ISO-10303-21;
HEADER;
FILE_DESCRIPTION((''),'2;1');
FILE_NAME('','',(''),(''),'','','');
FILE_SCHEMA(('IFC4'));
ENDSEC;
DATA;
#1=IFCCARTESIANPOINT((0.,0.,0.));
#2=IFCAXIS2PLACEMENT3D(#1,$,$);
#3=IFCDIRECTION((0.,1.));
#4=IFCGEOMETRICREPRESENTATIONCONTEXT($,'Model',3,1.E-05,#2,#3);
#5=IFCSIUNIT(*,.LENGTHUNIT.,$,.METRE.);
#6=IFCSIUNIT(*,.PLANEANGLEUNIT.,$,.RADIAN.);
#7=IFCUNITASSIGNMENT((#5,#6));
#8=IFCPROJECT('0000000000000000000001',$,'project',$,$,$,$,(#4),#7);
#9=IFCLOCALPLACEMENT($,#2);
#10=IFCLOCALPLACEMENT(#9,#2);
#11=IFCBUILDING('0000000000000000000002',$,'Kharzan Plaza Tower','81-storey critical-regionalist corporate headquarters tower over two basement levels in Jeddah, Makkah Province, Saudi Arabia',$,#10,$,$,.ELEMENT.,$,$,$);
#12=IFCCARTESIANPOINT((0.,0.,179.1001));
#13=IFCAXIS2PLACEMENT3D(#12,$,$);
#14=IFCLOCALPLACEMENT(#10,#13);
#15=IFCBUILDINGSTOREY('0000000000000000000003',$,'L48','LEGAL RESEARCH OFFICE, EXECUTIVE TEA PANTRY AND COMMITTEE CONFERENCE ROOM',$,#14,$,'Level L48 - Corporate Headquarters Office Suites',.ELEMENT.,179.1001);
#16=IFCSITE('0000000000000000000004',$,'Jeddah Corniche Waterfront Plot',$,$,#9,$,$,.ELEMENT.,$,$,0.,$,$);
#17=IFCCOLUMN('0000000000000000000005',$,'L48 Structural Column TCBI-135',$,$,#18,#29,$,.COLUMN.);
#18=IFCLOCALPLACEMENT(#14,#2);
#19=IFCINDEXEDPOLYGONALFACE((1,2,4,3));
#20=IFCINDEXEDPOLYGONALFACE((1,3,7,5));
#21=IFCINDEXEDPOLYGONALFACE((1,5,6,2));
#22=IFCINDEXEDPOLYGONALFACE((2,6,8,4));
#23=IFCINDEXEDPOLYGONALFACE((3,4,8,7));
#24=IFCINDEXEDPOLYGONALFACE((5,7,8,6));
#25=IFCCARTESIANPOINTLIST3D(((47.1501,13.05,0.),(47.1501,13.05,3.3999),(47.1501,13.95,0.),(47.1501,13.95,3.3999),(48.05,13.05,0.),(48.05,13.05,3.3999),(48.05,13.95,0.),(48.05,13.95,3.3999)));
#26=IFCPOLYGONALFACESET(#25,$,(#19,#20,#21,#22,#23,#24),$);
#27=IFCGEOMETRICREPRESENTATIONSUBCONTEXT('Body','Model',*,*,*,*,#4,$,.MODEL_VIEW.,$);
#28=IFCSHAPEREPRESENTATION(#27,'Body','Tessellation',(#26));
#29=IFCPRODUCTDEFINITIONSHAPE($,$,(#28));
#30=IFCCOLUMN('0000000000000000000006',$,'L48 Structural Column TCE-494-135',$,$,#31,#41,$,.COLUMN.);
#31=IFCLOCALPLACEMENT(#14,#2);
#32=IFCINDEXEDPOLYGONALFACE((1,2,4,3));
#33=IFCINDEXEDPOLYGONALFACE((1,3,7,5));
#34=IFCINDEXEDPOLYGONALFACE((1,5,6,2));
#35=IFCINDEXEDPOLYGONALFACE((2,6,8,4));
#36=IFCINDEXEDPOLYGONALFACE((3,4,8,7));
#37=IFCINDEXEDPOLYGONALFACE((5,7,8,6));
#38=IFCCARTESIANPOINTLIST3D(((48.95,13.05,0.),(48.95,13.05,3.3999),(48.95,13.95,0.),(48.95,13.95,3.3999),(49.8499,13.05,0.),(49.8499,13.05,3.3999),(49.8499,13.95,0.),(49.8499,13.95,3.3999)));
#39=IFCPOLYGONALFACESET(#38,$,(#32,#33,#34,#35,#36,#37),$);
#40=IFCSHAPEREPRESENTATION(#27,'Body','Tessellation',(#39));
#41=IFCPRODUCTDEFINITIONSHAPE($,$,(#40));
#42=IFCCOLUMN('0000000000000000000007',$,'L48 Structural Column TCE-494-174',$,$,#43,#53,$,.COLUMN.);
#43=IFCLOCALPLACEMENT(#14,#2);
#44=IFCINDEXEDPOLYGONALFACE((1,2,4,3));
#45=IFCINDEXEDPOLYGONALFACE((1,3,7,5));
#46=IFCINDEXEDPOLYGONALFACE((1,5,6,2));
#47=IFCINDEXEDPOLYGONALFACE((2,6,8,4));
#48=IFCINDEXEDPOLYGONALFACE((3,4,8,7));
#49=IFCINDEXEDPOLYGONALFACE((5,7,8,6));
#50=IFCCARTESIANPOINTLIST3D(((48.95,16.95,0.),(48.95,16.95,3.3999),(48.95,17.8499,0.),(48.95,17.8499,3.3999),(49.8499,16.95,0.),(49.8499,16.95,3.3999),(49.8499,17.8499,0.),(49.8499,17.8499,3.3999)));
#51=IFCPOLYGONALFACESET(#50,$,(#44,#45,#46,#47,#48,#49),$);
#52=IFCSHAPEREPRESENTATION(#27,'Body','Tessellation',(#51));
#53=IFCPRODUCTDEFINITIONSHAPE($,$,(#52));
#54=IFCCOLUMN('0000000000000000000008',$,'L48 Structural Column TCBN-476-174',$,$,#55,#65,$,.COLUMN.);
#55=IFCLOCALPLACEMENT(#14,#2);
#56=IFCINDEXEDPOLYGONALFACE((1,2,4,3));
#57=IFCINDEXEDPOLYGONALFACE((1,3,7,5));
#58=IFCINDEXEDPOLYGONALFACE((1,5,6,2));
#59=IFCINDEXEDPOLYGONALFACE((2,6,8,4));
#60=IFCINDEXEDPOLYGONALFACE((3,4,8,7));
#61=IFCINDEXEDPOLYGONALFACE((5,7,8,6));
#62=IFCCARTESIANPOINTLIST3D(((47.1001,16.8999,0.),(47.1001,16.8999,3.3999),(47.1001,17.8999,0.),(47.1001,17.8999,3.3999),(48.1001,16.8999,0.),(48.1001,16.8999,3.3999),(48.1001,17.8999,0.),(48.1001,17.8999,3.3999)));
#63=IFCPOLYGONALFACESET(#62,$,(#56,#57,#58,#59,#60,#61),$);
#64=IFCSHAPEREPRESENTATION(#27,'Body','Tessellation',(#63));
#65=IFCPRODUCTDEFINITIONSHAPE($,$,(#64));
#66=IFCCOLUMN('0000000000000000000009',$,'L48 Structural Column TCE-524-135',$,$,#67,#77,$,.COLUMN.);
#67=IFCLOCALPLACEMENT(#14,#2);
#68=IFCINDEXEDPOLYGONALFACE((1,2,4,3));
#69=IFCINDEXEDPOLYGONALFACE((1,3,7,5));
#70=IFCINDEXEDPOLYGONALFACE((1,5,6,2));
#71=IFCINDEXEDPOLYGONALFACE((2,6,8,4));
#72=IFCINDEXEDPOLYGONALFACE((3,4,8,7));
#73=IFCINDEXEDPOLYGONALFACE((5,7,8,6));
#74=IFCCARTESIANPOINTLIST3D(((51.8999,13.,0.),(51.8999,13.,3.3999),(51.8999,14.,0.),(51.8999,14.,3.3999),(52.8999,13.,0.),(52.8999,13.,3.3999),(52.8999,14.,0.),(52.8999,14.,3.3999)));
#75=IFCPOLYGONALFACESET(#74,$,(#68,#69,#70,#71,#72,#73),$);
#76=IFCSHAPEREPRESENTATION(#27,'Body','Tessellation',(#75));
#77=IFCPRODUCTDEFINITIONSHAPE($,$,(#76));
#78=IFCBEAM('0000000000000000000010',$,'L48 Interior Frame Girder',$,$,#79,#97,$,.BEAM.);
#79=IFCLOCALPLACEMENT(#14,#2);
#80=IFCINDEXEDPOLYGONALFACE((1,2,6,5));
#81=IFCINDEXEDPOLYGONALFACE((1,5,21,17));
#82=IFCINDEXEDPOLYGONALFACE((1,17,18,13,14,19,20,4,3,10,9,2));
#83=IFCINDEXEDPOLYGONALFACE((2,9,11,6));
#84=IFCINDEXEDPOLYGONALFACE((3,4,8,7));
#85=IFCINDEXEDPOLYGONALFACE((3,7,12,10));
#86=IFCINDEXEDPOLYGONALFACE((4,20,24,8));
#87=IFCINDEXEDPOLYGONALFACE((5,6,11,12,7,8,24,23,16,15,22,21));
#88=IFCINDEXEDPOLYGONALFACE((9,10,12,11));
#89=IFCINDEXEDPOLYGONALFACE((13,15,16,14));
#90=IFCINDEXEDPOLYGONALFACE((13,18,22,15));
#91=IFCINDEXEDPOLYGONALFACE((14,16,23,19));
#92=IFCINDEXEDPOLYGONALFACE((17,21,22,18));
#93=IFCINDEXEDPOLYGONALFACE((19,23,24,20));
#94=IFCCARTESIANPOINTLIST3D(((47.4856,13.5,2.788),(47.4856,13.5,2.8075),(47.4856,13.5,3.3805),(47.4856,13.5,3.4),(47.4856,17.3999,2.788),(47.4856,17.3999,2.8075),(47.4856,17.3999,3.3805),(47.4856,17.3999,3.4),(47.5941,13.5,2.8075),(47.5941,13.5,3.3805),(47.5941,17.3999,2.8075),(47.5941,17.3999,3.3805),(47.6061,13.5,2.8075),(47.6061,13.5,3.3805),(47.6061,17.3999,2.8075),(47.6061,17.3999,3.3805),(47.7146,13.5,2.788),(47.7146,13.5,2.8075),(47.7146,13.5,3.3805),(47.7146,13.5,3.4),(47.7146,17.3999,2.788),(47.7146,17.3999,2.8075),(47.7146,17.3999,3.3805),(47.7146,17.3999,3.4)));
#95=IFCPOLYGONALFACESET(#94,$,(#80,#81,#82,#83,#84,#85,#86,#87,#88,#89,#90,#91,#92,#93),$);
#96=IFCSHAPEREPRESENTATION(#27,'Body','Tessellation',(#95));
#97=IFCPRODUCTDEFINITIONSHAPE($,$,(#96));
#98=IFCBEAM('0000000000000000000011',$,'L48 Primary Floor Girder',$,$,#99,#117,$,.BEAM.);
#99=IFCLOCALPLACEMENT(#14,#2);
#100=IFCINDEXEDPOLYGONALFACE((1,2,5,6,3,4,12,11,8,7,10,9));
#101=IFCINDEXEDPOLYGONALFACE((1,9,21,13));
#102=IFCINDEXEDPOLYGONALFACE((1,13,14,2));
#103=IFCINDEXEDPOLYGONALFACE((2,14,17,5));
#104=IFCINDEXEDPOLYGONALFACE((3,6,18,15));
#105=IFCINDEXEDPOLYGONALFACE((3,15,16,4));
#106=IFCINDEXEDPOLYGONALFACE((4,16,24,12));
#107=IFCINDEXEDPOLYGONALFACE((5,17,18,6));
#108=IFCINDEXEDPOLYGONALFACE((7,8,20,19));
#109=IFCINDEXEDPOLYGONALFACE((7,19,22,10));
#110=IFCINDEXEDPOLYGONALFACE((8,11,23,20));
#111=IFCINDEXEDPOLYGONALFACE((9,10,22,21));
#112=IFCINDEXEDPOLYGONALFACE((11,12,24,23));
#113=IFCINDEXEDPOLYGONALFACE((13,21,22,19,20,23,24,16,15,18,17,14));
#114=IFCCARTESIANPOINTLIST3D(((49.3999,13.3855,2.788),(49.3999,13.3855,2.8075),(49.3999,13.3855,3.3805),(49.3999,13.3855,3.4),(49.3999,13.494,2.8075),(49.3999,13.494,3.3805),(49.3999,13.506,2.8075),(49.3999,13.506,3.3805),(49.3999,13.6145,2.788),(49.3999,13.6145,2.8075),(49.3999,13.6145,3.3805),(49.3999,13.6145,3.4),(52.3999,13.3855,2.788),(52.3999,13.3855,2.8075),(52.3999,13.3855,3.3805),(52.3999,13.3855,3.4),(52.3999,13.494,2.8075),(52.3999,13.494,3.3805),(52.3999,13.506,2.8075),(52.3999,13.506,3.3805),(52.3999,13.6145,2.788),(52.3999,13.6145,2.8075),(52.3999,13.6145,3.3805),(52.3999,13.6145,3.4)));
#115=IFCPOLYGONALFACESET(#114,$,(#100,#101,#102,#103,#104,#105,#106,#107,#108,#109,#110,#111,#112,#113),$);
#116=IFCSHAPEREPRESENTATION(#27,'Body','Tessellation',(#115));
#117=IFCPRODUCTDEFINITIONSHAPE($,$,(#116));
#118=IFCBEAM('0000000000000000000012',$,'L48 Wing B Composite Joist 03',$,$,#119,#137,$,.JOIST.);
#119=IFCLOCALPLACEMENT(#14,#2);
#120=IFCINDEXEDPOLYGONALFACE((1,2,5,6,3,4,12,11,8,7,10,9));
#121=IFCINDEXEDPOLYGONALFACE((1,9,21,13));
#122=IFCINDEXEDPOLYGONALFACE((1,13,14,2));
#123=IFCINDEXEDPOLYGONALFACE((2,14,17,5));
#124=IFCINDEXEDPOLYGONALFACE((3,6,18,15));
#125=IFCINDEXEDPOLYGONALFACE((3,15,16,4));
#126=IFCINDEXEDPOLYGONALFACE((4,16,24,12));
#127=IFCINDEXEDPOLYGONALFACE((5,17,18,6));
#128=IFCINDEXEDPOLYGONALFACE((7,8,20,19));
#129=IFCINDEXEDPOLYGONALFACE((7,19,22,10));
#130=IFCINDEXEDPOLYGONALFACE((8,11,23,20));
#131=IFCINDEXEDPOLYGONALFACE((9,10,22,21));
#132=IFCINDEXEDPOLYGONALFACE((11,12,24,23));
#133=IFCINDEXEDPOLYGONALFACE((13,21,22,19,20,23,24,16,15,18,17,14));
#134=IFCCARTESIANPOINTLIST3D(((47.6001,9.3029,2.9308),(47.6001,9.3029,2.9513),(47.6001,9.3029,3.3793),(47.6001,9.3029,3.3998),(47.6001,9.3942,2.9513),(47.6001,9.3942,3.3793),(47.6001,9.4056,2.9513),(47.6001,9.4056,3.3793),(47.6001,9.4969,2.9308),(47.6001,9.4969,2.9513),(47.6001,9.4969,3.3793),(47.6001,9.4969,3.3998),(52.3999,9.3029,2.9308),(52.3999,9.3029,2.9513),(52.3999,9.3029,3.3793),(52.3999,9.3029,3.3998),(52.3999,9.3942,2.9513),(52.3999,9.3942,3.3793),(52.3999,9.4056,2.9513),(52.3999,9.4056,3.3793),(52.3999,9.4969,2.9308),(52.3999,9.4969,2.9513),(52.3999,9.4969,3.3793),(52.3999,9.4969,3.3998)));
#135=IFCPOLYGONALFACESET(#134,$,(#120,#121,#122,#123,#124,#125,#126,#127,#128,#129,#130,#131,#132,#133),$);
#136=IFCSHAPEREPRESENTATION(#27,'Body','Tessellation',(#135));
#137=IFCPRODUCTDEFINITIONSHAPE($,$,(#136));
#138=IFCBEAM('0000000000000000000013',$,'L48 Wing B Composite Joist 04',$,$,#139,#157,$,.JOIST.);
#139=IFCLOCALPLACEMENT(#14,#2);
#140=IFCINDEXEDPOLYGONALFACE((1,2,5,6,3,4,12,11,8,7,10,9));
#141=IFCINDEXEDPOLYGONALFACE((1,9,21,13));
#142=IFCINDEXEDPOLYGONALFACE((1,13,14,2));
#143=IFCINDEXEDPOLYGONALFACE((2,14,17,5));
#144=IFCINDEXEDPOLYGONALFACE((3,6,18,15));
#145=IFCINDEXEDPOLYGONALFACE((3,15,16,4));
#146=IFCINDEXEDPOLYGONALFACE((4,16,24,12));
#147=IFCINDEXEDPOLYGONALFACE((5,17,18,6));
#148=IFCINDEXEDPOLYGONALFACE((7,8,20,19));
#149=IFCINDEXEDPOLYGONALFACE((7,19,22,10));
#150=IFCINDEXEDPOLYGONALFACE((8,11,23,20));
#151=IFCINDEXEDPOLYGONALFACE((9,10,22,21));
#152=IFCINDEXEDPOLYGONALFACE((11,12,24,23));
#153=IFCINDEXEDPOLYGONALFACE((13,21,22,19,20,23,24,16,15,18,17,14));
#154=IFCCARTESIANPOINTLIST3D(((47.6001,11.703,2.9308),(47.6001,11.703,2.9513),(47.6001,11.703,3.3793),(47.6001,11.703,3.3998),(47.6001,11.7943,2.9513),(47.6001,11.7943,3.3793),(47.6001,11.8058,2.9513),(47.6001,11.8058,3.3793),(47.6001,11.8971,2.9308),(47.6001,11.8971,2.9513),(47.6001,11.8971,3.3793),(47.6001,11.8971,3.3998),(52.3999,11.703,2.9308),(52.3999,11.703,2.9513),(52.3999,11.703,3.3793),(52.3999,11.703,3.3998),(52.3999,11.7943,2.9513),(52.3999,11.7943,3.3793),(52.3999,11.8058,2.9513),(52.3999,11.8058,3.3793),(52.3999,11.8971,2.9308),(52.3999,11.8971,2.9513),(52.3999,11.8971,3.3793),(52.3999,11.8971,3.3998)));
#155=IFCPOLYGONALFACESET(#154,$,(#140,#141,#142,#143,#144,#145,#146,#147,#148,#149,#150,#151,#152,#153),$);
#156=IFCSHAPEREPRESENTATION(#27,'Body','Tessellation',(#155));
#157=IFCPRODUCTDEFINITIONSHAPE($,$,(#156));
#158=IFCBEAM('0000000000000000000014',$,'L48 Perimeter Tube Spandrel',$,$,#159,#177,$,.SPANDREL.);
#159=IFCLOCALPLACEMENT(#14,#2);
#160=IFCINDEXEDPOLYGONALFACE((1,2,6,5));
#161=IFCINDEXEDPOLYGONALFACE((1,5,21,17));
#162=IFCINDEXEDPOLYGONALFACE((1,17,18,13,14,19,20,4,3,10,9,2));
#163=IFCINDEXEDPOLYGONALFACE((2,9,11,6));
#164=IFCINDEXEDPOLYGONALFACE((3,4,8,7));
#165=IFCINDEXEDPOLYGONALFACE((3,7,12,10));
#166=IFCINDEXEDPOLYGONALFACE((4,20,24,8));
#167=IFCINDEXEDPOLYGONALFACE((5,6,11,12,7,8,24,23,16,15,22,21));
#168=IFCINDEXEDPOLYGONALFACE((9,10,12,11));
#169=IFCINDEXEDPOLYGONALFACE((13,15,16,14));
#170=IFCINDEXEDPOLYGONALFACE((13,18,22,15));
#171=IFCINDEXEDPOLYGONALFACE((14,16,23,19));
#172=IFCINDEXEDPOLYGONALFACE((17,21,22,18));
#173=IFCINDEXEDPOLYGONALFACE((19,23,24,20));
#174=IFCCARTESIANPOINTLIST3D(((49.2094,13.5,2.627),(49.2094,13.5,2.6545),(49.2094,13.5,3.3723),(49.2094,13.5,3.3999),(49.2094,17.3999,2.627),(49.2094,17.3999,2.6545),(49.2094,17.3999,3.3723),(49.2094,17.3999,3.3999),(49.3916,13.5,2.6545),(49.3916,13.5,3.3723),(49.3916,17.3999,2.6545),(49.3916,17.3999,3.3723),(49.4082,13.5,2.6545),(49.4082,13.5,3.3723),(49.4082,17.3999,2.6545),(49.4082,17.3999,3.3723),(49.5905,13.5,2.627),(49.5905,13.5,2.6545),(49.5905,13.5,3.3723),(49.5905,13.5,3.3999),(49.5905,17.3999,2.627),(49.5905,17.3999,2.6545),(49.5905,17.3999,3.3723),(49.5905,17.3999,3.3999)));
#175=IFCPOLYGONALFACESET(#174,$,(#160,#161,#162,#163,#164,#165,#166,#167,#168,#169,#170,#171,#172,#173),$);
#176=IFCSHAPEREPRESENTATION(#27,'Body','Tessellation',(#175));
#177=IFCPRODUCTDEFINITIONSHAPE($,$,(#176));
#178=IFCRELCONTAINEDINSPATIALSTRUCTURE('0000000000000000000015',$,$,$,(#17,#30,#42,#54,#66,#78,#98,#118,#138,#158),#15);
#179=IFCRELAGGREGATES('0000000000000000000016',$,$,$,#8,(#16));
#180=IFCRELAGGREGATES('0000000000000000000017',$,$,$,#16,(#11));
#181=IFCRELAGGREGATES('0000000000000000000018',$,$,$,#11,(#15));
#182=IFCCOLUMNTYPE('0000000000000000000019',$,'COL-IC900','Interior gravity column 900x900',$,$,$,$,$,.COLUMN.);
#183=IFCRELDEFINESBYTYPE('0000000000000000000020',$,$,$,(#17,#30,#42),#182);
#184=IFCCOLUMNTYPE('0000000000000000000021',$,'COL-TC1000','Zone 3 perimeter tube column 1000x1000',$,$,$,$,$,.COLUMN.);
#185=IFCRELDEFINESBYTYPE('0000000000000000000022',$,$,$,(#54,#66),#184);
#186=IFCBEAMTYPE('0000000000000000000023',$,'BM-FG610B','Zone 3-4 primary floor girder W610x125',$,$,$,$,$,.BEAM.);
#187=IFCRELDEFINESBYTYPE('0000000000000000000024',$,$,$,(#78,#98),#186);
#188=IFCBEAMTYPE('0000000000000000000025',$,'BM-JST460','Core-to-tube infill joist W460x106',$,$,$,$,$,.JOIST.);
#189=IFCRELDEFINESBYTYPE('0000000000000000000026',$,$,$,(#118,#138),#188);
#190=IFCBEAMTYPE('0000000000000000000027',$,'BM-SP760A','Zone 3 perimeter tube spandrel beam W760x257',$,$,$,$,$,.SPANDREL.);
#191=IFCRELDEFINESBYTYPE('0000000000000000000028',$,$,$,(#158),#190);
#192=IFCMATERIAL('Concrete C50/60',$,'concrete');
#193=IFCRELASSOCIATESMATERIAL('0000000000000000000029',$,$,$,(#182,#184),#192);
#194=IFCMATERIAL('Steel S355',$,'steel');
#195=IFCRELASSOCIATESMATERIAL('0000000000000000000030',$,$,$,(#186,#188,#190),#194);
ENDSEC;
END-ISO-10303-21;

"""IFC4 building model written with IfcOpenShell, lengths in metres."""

from ifc_helpers import new_model, si_unit, direction, frame, origin, origin_2d, place, context, subcontext, project, spatial, rectangle, i_section, extrude, source, transform, mapped, material, material_profile, profile_set, type_object, element, save


model = new_model("IFC4")

# Units and contexts
model_context = context("Model", 3, precision=1e-05, world=origin(), true_north=direction((0.0, 1.0)))
body_context = subcontext(model_context, "Body", "Model", "MODEL_VIEW")
ifc_project = project(units=[si_unit("LENGTHUNIT", "METRE"), si_unit("PLANEANGLEUNIT", "RADIAN")], contexts=[model_context])

# Site, building, storey
site_placement = place(None, origin())
site = spatial("IfcSite", under=ifc_project, at=site_placement, Name="Jeddah Corniche Waterfront Plot", CompositionType="ELEMENT", RefElevation=0.0)
building_placement = place(site_placement, origin())
building = spatial("IfcBuilding", under=site, at=building_placement, Name="Kharzan Plaza Tower", Description="81-storey critical-regionalist corporate headquarters tower over two basement levels in Jeddah, Makkah Province, Saudi Arabia", CompositionType="ELEMENT")
storey_placement = place(building_placement, frame((0.0, 0.0, 179.1001)))
storey = spatial("IfcBuildingStorey", under=building, at=storey_placement, Name="L48", Description="LEGAL RESEARCH OFFICE, EXECUTIVE TEA PANTRY AND COMMITTEE CONFERENCE ROOM", LongName="Level L48 - Corporate Headquarters Office Suites", CompositionType="ELEMENT", Elevation=179.1001)

# Columns
ifc_material_1 = material(Name="Concrete C50/60", Category="concrete")
ifc_material_profile_1 = material_profile(ifc_material_1, rectangle(XDim=0.8999, YDim=0.8999, at=origin_2d()), Name="RC-IC900x900")
ifc_profile_set_1 = profile_set([ifc_material_profile_1], Name="Concrete C50/60")
column_type_1 = type_object("IfcColumnType", Name="COL-IC900", Description="Interior gravity column 900x900", PredefinedType="COLUMN", material=ifc_profile_set_1)
shared_shape_1 = source(origin(), body_context, "Body", "SweptSolid", [
    extrude(rectangle(XDim=0.8999, YDim=0.8999, at=origin_2d()), origin(), (0.0, 0.0, 1.0), 3.3999),
])
for number, where, z_axis, x_axis, name in (
    (1, (47.6001, 13.5, 0.0), (0.0, 0.0, 1.0), (1.0, 0.0, 0.0), "L48 Structural Column TCBI-135"),
    (2, (49.3999, 13.5, 0.0), (0.0, 0.0, 1.0), (1.0, 0.0, 0.0), "L48 Structural Column TCE-494-135"),
    (3, (49.3999, 17.3999, 0.0), (0.0, 0.0, 1.0), (1.0, 0.0, 0.0), "L48 Structural Column TCE-494-174"),
):
    element("IfcColumn", number, at=place(storey_placement, frame(where, z_axis=z_axis, x_axis=x_axis)), inside=storey, type_object=column_type_1, Name=name, PredefinedType="COLUMN", context=body_context, shape_type="MappedRepresentation", body=[
        mapped(shared_shape_1, transform((0.0, 0.0, 0.0), x_axis=(1.0, 0.0, 0.0), y_axis=(0.0, 1.0, 0.0), z_axis=(0.0, 0.0, 1.0))),
    ])
ifc_material_profile_2 = material_profile(ifc_material_1, rectangle(XDim=1.0, YDim=1.0, at=origin_2d()), Name="RC-TC1000x1000")
ifc_profile_set_2 = profile_set([ifc_material_profile_2], Name="Concrete C50/60")
column_type_2 = type_object("IfcColumnType", Name="COL-TC1000", Description="Zone 3 perimeter tube column 1000x1000", PredefinedType="COLUMN", material=ifc_profile_set_2)
shared_shape_2 = source(origin(), body_context, "Body", "SweptSolid", [
    extrude(rectangle(XDim=1.0, YDim=1.0, at=origin_2d()), origin(), (0.0, 0.0, 1.0), 3.3999),
])
for number, where, z_axis, x_axis, name in (
    (4, (47.6001, 17.3999, 0.0), (0.0, 0.0, 1.0), (1.0, 0.0, 0.0), "L48 Structural Column TCBN-476-174"),
    (5, (52.3999, 13.5, 0.0), (0.0, 0.0, 1.0), (1.0, 0.0, 0.0), "L48 Structural Column TCE-524-135"),
):
    element("IfcColumn", number, at=place(storey_placement, frame(where, z_axis=z_axis, x_axis=x_axis)), inside=storey, type_object=column_type_2, Name=name, PredefinedType="COLUMN", context=body_context, shape_type="MappedRepresentation", body=[
        mapped(shared_shape_2, transform((0.0, 0.0, 0.0), x_axis=(1.0, 0.0, 0.0), y_axis=(0.0, 1.0, 0.0), z_axis=(0.0, 0.0, 1.0))),
    ])

# Beams
ifc_material_2 = material(Name="Steel S355", Category="steel")
ifc_material_profile_3 = material_profile(ifc_material_2, i_section(OverallWidth=0.229, OverallDepth=0.6121, WebThickness=0.012, FlangeThickness=0.0195, at=origin_2d()), Name="W610x125")
ifc_profile_set_3 = profile_set([ifc_material_profile_3], Name="Steel S355")
beam_type_1 = type_object("IfcBeamType", Name="BM-FG610B", Description="Zone 3-4 primary floor girder W610x125", PredefinedType="BEAM", material=ifc_profile_set_3)
shared_shape_3 = source(origin(), body_context, "Body", "SweptSolid", [
    extrude(i_section(OverallWidth=0.229, OverallDepth=0.6121, WebThickness=0.012, FlangeThickness=0.0195, at=origin_2d()), origin(), (0.0, 0.0, 1.0), 3.8999),
])
beam_1_placement = place(storey_placement, frame((47.6001, 13.5, 3.094), z_axis=(0.0, 1.0, 0.0), x_axis=(-1.0, 0.0, 0.0)))
element("IfcBeam", 6, at=beam_1_placement, inside=storey, type_object=beam_type_1, Name="L48 Interior Frame Girder", PredefinedType="BEAM", context=body_context, shape_type="MappedRepresentation", body=[
    mapped(shared_shape_3, transform((0.0, 0.0, 0.0), x_axis=(1.0, 0.0, 0.0), y_axis=(0.0, 1.0, 0.0), z_axis=(0.0, 0.0, 1.0))),
])
shared_shape_4 = source(origin(), body_context, "Body", "SweptSolid", [
    extrude(i_section(OverallWidth=0.229, OverallDepth=0.6121, WebThickness=0.012, FlangeThickness=0.0195, at=origin_2d()), origin(), (0.0, 0.0, 1.0), 3.0),
])
beam_2_placement = place(storey_placement, frame((49.3999, 13.5, 3.094), z_axis=(1.0, 0.0, 0.0), x_axis=(0.0, 1.0, 0.0)))
element("IfcBeam", 7, at=beam_2_placement, inside=storey, type_object=beam_type_1, Name="L48 Primary Floor Girder", PredefinedType="BEAM", context=body_context, shape_type="MappedRepresentation", body=[
    mapped(shared_shape_4, transform((0.0, 0.0, 0.0), x_axis=(1.0, 0.0, 0.0), y_axis=(0.0, 1.0, 0.0), z_axis=(0.0, 0.0, 1.0))),
])
ifc_material_profile_4 = material_profile(ifc_material_2, i_section(OverallWidth=0.1941, OverallDepth=0.469, WebThickness=0.0115, FlangeThickness=0.0205, at=origin_2d()), Name="W460x106")
ifc_profile_set_4 = profile_set([ifc_material_profile_4], Name="Steel S355")
beam_type_2 = type_object("IfcBeamType", Name="BM-JST460", Description="Core-to-tube infill joist W460x106", PredefinedType="JOIST", material=ifc_profile_set_4)
shared_shape_5 = source(origin(), body_context, "Body", "SweptSolid", [
    extrude(i_section(OverallWidth=0.1941, OverallDepth=0.469, WebThickness=0.0115, FlangeThickness=0.0205, at=origin_2d()), origin(), (0.0, 0.0, 1.0), 4.7998),
])
for number, where, z_axis, x_axis, name in (
    (8, (47.6001, 9.3999, 3.1653), (1.0, 0.0, 0.0), (0.0, 1.0, 0.0), "L48 Wing B Composite Joist 03"),
    (9, (47.6001, 11.8, 3.1653), (1.0, 0.0, 0.0), (0.0, 1.0, 0.0), "L48 Wing B Composite Joist 04"),
):
    element("IfcBeam", number, at=place(storey_placement, frame(where, z_axis=z_axis, x_axis=x_axis)), inside=storey, type_object=beam_type_2, Name=name, PredefinedType="JOIST", context=body_context, shape_type="MappedRepresentation", body=[
        mapped(shared_shape_5, transform((0.0, 0.0, 0.0), x_axis=(1.0, 0.0, 0.0), y_axis=(0.0, 1.0, 0.0), z_axis=(0.0, 0.0, 1.0))),
    ])
ifc_material_profile_5 = material_profile(ifc_material_2, i_section(OverallWidth=0.3811, OverallDepth=0.7729, WebThickness=0.0166, FlangeThickness=0.0276, at=origin_2d()), Name="W760x257")
ifc_profile_set_5 = profile_set([ifc_material_profile_5], Name="Steel S355")
beam_type_3 = type_object("IfcBeamType", Name="BM-SP760A", Description="Zone 3 perimeter tube spandrel beam W760x257", PredefinedType="SPANDREL", material=ifc_profile_set_5)
shared_shape_6 = source(origin(), body_context, "Body", "SweptSolid", [
    extrude(i_section(OverallWidth=0.3811, OverallDepth=0.7729, WebThickness=0.0166, FlangeThickness=0.0276, at=origin_2d()), origin(), (0.0, 0.0, 1.0), 3.8999),
])
beam_3_placement = place(storey_placement, frame((49.3999, 13.5, 3.0134), z_axis=(0.0, 1.0, 0.0), x_axis=(-1.0, 0.0, 0.0)))
element("IfcBeam", 10, at=beam_3_placement, inside=storey, type_object=beam_type_3, Name="L48 Perimeter Tube Spandrel", PredefinedType="SPANDREL", context=body_context, shape_type="MappedRepresentation", body=[
    mapped(shared_shape_6, transform((0.0, 0.0, 0.0), x_axis=(1.0, 0.0, 0.0), y_axis=(0.0, 1.0, 0.0), z_axis=(0.0, 0.0, 1.0))),
])

save(model, "model.ifc")
